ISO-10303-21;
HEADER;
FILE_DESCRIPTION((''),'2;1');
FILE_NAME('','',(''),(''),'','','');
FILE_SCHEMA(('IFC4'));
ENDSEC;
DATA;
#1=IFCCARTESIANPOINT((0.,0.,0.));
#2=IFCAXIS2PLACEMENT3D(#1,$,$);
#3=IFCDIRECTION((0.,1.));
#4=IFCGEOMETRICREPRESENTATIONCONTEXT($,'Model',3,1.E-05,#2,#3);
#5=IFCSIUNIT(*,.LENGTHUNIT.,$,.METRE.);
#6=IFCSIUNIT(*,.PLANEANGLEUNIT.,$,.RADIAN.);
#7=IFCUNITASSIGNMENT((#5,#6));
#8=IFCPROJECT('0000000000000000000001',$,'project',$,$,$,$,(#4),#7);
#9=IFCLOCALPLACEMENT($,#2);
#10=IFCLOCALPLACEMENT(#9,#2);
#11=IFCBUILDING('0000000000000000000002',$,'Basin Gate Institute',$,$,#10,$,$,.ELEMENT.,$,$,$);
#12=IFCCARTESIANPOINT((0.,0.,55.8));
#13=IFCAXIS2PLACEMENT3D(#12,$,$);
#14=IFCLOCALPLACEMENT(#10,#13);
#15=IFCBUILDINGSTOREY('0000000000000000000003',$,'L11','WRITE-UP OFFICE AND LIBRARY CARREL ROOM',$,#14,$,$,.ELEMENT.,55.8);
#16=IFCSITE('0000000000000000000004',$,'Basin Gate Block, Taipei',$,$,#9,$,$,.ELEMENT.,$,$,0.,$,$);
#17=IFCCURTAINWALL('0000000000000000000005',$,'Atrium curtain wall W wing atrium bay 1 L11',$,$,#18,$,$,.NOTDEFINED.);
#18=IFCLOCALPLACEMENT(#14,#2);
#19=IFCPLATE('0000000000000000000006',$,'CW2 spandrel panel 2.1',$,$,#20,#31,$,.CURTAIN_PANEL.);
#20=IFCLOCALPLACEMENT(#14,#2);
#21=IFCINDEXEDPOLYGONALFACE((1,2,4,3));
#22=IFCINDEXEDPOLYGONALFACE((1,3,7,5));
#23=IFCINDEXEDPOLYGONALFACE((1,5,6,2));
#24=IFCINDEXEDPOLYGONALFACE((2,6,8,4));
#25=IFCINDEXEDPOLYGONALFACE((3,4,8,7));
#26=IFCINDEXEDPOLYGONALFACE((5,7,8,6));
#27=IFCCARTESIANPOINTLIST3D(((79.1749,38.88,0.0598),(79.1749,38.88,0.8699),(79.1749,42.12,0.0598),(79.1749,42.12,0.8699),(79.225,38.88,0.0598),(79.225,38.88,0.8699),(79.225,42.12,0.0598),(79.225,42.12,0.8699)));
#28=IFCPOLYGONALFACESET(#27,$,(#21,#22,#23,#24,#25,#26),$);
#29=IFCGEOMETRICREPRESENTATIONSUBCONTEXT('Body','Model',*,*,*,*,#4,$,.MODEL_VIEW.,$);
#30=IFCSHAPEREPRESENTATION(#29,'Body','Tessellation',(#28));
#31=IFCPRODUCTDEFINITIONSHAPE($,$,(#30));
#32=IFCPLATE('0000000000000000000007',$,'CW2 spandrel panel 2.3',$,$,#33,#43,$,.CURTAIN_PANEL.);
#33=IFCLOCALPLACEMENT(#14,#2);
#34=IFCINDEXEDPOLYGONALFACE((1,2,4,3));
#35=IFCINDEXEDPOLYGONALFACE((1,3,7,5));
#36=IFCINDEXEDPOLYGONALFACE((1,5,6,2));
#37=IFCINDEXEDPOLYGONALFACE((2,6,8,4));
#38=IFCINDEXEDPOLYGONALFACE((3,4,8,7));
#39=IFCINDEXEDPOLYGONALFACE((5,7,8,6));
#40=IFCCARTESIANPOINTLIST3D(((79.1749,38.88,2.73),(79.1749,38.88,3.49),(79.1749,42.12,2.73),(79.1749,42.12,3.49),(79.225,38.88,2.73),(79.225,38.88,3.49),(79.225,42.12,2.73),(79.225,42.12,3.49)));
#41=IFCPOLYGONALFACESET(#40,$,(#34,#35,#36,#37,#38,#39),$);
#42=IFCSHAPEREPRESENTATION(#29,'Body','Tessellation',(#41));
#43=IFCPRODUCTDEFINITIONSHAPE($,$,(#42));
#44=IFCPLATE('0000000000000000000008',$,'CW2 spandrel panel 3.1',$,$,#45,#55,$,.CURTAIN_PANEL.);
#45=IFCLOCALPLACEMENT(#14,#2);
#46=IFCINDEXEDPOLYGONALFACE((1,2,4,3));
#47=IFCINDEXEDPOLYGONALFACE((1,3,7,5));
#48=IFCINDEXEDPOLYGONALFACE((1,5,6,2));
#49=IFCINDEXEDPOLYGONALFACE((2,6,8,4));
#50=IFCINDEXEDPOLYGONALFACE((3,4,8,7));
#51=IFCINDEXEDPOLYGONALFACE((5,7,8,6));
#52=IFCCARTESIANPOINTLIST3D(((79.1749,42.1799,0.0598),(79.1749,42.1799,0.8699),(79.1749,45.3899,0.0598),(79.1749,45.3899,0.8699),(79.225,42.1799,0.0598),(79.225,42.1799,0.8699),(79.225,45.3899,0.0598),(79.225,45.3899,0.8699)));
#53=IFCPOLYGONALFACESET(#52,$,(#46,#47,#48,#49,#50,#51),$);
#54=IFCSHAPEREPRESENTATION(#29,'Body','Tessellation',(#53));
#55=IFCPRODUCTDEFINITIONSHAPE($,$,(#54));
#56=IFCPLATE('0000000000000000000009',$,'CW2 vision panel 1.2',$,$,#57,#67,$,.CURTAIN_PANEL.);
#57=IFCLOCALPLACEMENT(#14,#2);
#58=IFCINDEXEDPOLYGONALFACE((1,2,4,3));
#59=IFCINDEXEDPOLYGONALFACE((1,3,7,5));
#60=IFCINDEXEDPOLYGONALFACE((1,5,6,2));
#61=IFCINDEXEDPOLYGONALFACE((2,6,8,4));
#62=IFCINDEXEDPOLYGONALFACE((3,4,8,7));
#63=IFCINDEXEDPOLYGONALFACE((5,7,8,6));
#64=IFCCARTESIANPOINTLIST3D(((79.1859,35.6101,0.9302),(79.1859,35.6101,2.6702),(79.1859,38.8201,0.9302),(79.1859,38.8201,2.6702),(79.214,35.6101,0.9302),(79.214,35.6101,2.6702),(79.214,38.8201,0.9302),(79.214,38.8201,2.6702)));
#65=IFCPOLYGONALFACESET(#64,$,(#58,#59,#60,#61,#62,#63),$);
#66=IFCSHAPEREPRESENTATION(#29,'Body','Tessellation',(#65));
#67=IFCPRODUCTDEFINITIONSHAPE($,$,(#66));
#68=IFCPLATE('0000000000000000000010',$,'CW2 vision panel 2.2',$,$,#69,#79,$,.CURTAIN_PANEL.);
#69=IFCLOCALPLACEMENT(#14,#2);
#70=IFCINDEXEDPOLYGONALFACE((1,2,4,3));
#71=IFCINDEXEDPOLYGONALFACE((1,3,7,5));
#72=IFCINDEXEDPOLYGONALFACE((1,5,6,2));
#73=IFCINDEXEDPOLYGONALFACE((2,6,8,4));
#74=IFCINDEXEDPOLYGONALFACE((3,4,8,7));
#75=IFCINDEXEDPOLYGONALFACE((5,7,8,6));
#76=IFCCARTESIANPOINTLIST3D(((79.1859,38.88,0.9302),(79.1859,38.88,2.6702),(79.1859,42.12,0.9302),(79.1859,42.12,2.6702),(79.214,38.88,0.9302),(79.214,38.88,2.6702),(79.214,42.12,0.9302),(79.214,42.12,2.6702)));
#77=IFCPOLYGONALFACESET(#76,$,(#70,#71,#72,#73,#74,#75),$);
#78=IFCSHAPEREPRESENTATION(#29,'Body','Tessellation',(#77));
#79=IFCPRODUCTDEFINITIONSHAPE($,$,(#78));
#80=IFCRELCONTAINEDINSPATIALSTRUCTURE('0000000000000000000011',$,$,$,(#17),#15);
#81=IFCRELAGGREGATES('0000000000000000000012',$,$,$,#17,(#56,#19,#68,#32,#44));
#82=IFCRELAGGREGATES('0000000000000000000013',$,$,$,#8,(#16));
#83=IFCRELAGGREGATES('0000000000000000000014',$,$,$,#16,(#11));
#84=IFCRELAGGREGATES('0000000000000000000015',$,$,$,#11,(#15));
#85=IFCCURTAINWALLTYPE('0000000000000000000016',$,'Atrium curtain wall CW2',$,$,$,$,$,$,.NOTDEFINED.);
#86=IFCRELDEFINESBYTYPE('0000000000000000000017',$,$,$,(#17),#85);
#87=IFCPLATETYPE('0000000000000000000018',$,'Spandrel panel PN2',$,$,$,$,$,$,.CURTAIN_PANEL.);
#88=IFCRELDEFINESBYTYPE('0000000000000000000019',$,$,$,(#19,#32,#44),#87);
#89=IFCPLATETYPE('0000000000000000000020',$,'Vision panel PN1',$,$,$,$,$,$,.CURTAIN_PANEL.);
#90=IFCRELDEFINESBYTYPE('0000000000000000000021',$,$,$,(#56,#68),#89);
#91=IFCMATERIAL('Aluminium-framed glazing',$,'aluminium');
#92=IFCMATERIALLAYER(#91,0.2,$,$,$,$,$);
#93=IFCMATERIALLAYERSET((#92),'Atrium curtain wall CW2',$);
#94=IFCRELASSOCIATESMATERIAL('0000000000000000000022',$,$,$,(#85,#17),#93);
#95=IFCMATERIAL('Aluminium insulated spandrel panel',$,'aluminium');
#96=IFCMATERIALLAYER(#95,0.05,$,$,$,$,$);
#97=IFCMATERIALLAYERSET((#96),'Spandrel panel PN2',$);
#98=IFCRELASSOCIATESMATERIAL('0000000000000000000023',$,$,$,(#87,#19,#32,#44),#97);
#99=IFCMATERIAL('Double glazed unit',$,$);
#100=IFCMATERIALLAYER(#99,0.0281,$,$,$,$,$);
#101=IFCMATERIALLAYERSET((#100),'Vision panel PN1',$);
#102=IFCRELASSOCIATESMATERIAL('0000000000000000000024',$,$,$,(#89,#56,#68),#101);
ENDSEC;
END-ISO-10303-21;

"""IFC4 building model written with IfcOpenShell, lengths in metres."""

from ifc_helpers import new_model, si_unit, direction, frame, origin, origin_2d, place, context, subcontext, project, spatial, rectangle, extrude, material, layer, layer_set, type_object, element, aggregate, save


model = new_model("IFC4")

# Units and contexts
model_context = context("Model", 3, precision=1e-05, world=origin(), true_north=direction((0.0, 1.0)))
body_context = subcontext(model_context, "Body", "Model", "MODEL_VIEW")
ifc_project = project(units=[si_unit("LENGTHUNIT", "METRE"), si_unit("PLANEANGLEUNIT", "RADIAN")], contexts=[model_context])

# Site, building, storey
site_placement = place(None, origin())
site = spatial("IfcSite", under=ifc_project, at=site_placement, Name="Basin Gate Block, Taipei", CompositionType="ELEMENT", RefElevation=0.0)
building_placement = place(site_placement, origin())
building = spatial("IfcBuilding", under=site, at=building_placement, Name="Basin Gate Institute", CompositionType="ELEMENT")
storey_placement = place(building_placement, frame((0.0, 0.0, 55.8)))
storey = spatial("IfcBuildingStorey", under=building, at=storey_placement, Name="L11", Description="WRITE-UP OFFICE AND LIBRARY CARREL ROOM", CompositionType="ELEMENT", Elevation=55.8)

# Curtain wall, plates
ifc_material_1 = material(Name="Aluminium-framed glazing", Category="aluminium")
ifc_layer_1 = layer(ifc_material_1, 0.2)
ifc_layer_set_1 = layer_set([ifc_layer_1], Name="Atrium curtain wall CW2")
curtain_wall_type = type_object("IfcCurtainWallType", Name="Atrium curtain wall CW2", PredefinedType="NOTDEFINED", material=ifc_layer_set_1)
curtain_wall_placement = place(storey_placement, origin())
curtain_wall = element("IfcCurtainWall", 1, at=curtain_wall_placement, inside=storey, type_object=curtain_wall_type, material=ifc_layer_set_1, Name="Atrium curtain wall W wing atrium bay 1 L11", PredefinedType="NOTDEFINED")
ifc_material_2 = material(Name="Aluminium insulated spandrel panel", Category="aluminium")
ifc_layer_2 = layer(ifc_material_2, 0.05)
ifc_layer_set_2 = layer_set([ifc_layer_2], Name="Spandrel panel PN2")
plate_type_1 = type_object("IfcPlateType", Name="Spandrel panel PN2", PredefinedType="CURTAIN_PANEL", material=ifc_layer_set_2)
plate_1_placement = place(storey_placement, frame((79.2, 40.5, 0.0598), z_axis=(0.0, 0.0, 1.0), x_axis=(0.0, 1.0, 0.0)))
plate_1 = element("IfcPlate", 2, at=plate_1_placement, type_object=plate_type_1, material=ifc_layer_set_2, Name="CW2 spandrel panel 2.1", PredefinedType="CURTAIN_PANEL", context=body_context, shape_type="SweptSolid", body=[
    extrude(rectangle(XDim=3.24, YDim=0.05, at=origin_2d()), origin(), (0.0, 0.0, 1.0), 0.8101),
])
plate_2_placement = place(storey_placement, frame((79.2, 40.5, 2.73), z_axis=(0.0, 0.0, 1.0), x_axis=(0.0, 1.0, 0.0)))
plate_2 = element("IfcPlate", 3, at=plate_2_placement, type_object=plate_type_1, material=ifc_layer_set_2, Name="CW2 spandrel panel 2.3", PredefinedType="CURTAIN_PANEL", context=body_context, shape_type="SweptSolid", body=[
    extrude(rectangle(XDim=3.24, YDim=0.05, at=origin_2d()), origin(), (0.0, 0.0, 1.0), 0.76),
])
plate_3_placement = place(storey_placement, frame((79.2, 43.7849, 0.0598), z_axis=(0.0, 0.0, 1.0), x_axis=(0.0, 1.0, 0.0)))
plate_3 = element("IfcPlate", 4, at=plate_3_placement, type_object=plate_type_1, material=ifc_layer_set_2, Name="CW2 spandrel panel 3.1", PredefinedType="CURTAIN_PANEL", context=body_context, shape_type="SweptSolid", body=[
    extrude(rectangle(XDim=3.21, YDim=0.05, at=origin_2d()), origin(), (0.0, 0.0, 1.0), 0.8101),
])
ifc_material_3 = material(Name="Double glazed unit")
ifc_layer_3 = layer(ifc_material_3, 0.0281)
ifc_layer_set_3 = layer_set([ifc_layer_3], Name="Vision panel PN1")
plate_type_2 = type_object("IfcPlateType", Name="Vision panel PN1", PredefinedType="CURTAIN_PANEL", material=ifc_layer_set_3)
plate_4_placement = place(storey_placement, frame((79.2, 37.2151, 0.9302), z_axis=(0.0, 0.0, 1.0), x_axis=(0.0, 1.0, 0.0)))
plate_4 = element("IfcPlate", 5, at=plate_4_placement, type_object=plate_type_2, material=ifc_layer_set_3, Name="CW2 vision panel 1.2", PredefinedType="CURTAIN_PANEL", context=body_context, shape_type="SweptSolid", body=[
    extrude(rectangle(XDim=3.21, YDim=0.0281, at=origin_2d()), origin(), (0.0, 0.0, 1.0), 1.74),
])
plate_5_placement = place(storey_placement, frame((79.2, 40.5, 0.9302), z_axis=(0.0, 0.0, 1.0), x_axis=(0.0, 1.0, 0.0)))
plate_5 = element("IfcPlate", 6, at=plate_5_placement, type_object=plate_type_2, material=ifc_layer_set_3, Name="CW2 vision panel 2.2", PredefinedType="CURTAIN_PANEL", context=body_context, shape_type="SweptSolid", body=[
    extrude(rectangle(XDim=3.24, YDim=0.0281, at=origin_2d()), origin(), (0.0, 0.0, 1.0), 1.74),
])
aggregate(curtain_wall, [plate_4, plate_1, plate_5, plate_2, plate_3])

save(model, "model.ifc")
